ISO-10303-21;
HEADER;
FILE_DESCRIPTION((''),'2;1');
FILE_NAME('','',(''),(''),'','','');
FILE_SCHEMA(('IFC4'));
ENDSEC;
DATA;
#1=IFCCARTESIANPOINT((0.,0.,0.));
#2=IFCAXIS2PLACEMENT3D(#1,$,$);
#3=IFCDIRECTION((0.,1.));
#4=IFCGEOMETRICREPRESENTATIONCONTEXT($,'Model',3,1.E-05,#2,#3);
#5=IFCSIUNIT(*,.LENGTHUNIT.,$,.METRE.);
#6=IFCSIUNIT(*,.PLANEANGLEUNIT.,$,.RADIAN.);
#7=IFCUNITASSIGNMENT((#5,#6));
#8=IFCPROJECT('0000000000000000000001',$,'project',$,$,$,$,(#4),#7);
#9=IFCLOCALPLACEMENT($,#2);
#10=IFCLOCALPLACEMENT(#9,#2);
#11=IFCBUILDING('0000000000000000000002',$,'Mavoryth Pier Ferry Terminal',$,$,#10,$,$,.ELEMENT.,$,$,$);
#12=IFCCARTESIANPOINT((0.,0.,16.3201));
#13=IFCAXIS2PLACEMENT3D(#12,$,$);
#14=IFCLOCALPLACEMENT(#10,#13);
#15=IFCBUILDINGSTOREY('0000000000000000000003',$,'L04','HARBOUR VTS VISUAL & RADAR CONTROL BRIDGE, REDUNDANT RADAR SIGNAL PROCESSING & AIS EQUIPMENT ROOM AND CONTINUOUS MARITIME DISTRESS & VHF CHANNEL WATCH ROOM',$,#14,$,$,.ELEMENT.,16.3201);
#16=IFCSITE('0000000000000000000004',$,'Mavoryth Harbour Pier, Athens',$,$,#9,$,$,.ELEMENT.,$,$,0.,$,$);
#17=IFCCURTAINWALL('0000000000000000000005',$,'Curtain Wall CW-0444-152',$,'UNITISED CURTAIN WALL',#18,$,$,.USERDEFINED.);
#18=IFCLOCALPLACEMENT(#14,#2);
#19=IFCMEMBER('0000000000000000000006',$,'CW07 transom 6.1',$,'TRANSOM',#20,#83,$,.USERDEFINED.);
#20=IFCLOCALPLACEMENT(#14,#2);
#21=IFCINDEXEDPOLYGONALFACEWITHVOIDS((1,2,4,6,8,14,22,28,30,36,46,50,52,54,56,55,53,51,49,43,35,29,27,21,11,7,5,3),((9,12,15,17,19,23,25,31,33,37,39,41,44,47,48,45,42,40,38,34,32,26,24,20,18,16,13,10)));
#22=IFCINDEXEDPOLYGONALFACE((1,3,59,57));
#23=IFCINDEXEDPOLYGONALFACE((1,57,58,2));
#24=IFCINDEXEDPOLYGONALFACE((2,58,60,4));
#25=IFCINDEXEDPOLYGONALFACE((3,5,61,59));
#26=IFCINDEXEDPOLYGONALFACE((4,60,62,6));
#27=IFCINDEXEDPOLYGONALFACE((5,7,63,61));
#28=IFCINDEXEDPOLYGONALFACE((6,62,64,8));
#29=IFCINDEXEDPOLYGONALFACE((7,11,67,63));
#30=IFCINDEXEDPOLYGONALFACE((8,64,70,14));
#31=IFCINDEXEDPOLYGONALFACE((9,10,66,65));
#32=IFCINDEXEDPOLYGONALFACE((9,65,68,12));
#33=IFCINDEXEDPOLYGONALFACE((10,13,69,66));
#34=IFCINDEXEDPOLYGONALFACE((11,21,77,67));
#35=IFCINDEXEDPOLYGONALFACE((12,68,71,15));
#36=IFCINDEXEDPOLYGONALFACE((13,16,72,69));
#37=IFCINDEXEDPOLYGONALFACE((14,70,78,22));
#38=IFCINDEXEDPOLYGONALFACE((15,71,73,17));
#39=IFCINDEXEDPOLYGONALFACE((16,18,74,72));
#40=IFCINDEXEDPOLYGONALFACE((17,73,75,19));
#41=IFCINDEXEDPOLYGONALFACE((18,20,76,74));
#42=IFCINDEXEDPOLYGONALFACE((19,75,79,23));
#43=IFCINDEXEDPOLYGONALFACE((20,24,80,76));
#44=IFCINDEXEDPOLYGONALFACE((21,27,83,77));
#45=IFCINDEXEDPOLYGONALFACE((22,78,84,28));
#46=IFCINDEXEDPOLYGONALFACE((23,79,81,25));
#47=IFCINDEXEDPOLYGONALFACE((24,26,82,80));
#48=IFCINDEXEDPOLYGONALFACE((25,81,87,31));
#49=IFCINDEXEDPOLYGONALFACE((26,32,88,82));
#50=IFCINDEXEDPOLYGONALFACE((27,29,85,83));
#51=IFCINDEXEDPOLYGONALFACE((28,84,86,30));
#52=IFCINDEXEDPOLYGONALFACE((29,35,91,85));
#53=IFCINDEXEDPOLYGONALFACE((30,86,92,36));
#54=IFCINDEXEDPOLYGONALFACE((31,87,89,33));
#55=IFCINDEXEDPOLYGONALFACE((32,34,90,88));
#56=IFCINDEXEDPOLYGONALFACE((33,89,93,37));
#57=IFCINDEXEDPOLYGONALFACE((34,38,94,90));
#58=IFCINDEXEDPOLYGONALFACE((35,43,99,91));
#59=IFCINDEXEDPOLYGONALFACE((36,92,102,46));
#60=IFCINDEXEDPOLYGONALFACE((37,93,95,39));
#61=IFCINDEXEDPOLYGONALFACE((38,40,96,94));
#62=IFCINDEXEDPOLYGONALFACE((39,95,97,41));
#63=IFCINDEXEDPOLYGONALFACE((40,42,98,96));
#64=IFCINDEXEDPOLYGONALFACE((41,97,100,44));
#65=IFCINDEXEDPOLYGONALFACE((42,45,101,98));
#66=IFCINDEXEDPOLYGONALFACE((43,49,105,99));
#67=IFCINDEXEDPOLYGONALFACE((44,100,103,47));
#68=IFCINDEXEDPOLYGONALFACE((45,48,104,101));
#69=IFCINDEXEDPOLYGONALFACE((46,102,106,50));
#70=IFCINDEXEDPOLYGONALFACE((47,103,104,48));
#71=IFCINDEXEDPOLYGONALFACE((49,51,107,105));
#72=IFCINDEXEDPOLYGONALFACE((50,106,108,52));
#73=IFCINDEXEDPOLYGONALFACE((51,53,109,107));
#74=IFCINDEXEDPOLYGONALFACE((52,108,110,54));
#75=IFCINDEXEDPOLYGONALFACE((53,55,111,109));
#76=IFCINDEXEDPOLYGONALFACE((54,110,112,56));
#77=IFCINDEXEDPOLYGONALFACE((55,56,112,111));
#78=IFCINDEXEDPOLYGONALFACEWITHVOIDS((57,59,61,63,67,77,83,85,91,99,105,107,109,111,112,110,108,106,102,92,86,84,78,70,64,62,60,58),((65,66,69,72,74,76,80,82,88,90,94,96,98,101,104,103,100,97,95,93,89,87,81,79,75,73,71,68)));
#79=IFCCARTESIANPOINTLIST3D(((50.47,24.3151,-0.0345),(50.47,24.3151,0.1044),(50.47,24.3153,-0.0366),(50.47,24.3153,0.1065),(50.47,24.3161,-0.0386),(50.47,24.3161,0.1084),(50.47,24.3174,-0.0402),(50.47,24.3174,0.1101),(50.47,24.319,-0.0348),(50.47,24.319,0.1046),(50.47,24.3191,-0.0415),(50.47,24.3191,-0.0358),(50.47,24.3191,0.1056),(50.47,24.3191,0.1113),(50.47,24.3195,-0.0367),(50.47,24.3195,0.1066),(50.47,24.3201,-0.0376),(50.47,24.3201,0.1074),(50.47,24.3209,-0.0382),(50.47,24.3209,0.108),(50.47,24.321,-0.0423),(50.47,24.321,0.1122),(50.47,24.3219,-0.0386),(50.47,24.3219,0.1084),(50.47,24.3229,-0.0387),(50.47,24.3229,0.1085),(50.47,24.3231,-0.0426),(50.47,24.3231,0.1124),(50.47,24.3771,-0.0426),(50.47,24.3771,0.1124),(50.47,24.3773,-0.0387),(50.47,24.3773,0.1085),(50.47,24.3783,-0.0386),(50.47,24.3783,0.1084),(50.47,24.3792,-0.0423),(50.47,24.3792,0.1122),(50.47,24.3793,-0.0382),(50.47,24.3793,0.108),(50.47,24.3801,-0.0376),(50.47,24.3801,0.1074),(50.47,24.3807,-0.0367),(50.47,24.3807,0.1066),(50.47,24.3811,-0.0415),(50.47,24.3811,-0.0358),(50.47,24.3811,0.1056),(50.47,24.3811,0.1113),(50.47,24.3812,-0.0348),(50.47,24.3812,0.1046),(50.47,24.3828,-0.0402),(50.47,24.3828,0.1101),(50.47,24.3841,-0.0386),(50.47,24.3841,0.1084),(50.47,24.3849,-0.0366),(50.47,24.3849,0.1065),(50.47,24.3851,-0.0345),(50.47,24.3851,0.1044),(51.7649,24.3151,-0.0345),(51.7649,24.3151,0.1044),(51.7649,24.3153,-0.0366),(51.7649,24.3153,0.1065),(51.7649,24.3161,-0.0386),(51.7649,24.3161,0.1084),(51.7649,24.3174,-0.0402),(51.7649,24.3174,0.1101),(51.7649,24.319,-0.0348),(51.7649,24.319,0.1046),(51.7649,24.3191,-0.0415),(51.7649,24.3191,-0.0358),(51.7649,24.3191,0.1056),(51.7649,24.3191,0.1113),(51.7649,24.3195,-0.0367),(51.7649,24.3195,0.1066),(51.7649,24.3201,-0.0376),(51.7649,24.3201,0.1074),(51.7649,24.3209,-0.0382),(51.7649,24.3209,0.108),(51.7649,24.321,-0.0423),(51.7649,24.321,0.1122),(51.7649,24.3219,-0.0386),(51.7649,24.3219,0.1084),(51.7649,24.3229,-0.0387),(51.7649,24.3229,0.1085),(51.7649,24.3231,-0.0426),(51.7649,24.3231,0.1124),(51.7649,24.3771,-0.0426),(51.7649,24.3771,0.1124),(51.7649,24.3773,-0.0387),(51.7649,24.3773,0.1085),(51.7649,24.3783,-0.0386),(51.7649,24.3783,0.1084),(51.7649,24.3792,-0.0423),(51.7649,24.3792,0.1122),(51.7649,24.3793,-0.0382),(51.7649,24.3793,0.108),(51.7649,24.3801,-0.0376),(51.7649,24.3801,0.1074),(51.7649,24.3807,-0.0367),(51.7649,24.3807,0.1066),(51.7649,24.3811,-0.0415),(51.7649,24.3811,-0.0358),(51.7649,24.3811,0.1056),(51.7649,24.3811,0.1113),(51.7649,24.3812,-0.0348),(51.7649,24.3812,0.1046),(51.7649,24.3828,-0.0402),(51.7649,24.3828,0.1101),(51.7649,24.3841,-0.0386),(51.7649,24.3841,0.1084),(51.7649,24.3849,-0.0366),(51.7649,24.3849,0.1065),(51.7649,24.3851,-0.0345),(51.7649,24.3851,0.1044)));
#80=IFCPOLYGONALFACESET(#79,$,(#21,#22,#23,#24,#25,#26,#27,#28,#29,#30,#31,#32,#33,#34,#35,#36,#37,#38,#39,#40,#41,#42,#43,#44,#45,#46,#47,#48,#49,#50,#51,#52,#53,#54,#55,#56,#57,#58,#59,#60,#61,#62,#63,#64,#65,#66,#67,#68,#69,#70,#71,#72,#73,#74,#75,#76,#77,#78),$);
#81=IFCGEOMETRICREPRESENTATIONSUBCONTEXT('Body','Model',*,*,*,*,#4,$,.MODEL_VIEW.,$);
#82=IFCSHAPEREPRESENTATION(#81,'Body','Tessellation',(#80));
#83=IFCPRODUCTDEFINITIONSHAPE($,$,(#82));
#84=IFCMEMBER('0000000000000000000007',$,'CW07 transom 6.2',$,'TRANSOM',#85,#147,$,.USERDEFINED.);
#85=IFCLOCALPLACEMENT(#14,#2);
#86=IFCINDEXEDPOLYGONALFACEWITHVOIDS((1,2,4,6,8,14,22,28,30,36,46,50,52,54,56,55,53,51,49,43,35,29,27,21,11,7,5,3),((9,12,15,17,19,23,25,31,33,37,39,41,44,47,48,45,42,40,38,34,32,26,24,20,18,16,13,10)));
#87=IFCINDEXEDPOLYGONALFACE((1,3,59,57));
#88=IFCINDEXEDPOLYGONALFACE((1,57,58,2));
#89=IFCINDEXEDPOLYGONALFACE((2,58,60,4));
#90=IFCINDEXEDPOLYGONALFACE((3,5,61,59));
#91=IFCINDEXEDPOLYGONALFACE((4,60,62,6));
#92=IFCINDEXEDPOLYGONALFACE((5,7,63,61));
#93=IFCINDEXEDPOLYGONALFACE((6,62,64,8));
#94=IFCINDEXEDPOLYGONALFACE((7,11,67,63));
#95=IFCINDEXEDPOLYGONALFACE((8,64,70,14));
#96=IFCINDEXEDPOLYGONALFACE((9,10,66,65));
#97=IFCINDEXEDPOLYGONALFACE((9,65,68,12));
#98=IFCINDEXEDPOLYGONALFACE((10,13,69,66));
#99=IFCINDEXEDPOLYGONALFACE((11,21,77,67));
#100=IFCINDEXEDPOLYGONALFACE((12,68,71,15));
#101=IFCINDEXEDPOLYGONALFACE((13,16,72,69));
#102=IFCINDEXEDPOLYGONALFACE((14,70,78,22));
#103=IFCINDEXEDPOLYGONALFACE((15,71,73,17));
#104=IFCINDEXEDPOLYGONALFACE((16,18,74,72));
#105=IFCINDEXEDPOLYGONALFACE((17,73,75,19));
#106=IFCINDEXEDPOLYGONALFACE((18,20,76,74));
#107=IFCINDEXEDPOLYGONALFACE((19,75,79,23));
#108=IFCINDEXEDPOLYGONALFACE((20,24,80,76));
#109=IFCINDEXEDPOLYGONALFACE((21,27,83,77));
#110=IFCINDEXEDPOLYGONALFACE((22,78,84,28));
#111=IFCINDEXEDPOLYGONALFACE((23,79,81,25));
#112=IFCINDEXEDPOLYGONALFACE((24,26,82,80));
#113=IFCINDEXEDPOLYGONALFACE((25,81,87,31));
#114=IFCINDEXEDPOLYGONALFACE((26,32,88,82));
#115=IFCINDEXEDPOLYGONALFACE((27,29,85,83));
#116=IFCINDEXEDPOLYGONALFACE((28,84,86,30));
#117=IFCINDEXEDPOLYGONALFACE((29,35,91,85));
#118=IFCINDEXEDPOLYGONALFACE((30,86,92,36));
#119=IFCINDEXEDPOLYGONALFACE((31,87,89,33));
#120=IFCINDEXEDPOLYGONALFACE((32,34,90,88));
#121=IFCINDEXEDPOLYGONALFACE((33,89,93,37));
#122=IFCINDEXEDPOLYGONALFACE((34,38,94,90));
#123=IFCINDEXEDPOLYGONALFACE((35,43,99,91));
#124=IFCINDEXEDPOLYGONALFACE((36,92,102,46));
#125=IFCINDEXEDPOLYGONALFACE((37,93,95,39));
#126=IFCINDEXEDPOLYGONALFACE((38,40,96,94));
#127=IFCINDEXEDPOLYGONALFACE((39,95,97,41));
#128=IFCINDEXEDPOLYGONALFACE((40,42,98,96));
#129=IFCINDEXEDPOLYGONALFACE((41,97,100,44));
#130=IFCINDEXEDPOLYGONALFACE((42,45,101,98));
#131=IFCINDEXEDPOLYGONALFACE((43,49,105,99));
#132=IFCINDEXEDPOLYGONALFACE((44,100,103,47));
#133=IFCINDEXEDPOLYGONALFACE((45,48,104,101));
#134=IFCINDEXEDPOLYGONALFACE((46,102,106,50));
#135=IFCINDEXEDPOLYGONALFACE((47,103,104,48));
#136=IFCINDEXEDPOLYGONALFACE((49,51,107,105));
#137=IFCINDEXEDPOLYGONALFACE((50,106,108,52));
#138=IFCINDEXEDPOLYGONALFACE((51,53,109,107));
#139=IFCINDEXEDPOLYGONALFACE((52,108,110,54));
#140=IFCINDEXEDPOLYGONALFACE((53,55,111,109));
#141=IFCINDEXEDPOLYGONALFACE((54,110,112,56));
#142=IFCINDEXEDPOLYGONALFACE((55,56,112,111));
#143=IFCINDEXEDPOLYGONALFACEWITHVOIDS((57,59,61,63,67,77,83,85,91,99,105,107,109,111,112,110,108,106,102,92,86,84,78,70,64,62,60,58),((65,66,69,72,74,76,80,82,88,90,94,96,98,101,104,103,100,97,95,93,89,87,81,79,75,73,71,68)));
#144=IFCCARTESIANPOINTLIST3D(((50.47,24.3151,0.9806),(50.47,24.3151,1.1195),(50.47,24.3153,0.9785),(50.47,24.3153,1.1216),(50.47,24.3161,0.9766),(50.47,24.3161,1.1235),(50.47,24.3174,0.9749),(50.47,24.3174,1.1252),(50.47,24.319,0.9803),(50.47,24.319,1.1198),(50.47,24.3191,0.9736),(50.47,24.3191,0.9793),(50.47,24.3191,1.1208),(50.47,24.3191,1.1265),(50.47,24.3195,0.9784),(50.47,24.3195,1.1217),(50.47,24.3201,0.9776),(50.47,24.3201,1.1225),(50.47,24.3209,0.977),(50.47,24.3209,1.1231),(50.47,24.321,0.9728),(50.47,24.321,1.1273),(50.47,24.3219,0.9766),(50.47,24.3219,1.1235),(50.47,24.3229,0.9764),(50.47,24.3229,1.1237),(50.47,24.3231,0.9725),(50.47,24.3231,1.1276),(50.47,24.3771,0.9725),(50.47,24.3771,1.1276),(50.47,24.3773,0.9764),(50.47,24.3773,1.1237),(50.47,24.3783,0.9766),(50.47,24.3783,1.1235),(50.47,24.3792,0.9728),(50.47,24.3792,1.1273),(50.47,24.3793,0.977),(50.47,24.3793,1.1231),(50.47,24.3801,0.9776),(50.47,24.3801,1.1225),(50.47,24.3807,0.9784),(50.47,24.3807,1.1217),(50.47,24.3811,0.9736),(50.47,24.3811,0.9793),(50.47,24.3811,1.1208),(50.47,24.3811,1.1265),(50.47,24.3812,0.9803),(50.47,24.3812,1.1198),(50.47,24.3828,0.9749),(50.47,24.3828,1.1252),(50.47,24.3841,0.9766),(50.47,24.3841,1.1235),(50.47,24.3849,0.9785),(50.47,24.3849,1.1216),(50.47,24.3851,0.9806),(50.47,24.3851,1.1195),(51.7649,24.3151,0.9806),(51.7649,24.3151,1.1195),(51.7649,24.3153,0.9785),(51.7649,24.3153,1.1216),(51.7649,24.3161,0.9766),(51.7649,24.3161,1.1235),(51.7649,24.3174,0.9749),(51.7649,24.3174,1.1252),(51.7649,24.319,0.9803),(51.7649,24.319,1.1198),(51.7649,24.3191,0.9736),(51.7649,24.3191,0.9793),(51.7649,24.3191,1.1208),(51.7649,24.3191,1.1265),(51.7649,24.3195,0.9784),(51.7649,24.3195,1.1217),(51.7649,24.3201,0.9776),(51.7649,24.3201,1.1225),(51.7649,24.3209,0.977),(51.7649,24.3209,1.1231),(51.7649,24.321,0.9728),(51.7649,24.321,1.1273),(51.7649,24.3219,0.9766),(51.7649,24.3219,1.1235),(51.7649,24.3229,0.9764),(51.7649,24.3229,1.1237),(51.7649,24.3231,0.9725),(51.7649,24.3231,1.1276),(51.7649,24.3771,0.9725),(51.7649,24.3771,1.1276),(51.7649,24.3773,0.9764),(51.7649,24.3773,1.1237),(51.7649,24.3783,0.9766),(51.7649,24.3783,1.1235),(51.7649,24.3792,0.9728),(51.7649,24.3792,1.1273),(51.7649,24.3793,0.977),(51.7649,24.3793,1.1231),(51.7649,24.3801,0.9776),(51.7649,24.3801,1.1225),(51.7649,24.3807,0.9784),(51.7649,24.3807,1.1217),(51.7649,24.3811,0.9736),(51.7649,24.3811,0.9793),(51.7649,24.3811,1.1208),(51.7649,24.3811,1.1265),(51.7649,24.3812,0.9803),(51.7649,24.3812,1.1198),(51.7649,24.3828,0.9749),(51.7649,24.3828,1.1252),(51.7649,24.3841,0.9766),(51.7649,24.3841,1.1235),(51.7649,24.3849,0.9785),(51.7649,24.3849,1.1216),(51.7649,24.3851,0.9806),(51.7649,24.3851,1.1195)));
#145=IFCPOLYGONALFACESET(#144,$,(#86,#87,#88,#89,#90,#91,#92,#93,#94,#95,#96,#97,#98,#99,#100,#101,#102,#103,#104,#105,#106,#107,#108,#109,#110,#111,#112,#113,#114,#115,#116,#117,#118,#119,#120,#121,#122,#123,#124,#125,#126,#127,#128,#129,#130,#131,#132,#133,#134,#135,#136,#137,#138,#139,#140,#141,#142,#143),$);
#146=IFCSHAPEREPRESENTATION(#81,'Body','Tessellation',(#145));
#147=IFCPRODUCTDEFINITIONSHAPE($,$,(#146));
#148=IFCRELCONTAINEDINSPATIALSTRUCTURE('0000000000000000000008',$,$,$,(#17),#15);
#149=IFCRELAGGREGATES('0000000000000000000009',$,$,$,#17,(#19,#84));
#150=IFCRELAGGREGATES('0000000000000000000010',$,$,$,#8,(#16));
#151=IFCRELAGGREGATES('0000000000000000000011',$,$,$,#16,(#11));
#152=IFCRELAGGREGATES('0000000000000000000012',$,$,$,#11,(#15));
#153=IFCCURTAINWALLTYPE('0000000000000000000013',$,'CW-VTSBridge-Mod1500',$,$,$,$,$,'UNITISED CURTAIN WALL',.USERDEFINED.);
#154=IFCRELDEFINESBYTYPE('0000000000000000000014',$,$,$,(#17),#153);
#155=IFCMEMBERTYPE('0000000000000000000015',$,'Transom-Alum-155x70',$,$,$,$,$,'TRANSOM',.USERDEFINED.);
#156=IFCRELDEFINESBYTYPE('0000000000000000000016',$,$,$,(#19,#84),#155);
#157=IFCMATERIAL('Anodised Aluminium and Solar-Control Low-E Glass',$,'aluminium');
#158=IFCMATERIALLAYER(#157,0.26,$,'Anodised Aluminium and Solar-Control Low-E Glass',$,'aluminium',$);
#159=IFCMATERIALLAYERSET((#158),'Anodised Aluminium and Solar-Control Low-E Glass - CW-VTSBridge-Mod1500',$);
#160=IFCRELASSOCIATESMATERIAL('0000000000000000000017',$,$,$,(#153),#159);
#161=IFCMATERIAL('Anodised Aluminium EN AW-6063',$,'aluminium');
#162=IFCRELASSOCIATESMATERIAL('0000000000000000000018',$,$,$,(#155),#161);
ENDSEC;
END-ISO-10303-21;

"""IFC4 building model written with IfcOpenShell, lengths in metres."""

from ifc_helpers import new_model, si_unit, direction, frame, origin, origin_2d, place, context, subcontext, project, spatial, hollow_rectangle, extrude, material, layer, layer_set, material_profile, profile_set, type_object, element, aggregate, save


model = new_model("IFC4")

# Units and contexts
model_context = context("Model", 3, precision=1e-05, world=origin(), true_north=direction((0.0, 1.0)))
body_context = subcontext(model_context, "Body", "Model", "MODEL_VIEW")
ifc_project = project(units=[si_unit("LENGTHUNIT", "METRE"), si_unit("PLANEANGLEUNIT", "RADIAN")], contexts=[model_context])

# Site, building, storey
site_placement = place(None, origin())
site = spatial("IfcSite", under=ifc_project, at=site_placement, Name="Mavoryth Harbour Pier, Athens", CompositionType="ELEMENT", RefElevation=0.0)
building_placement = place(site_placement, origin())
building = spatial("IfcBuilding", under=site, at=building_placement, Name="Mavoryth Pier Ferry Terminal", CompositionType="ELEMENT")
storey_placement = place(building_placement, frame((0.0, 0.0, 16.3201)))
storey = spatial("IfcBuildingStorey", under=building, at=storey_placement, Name="L04", Description="HARBOUR VTS VISUAL & RADAR CONTROL BRIDGE, REDUNDANT RADAR SIGNAL PROCESSING & AIS EQUIPMENT ROOM AND CONTINUOUS MARITIME DISTRESS & VHF CHANNEL WATCH ROOM", CompositionType="ELEMENT", Elevation=16.3201)

# Curtain wall
ifc_material_1 = material(Name="Anodised Aluminium and Solar-Control Low-E Glass", Category="aluminium")
ifc_layer_1 = layer(ifc_material_1, 0.26, Name="Anodised Aluminium and Solar-Control Low-E Glass", Category="aluminium")
ifc_layer_set_1 = layer_set([ifc_layer_1], Name="Anodised Aluminium and Solar-Control Low-E Glass - CW-VTSBridge-Mod1500")
curtain_wall_type = type_object("IfcCurtainWallType", Name="CW-VTSBridge-Mod1500", ElementType="UNITISED CURTAIN WALL", PredefinedType="USERDEFINED", material=ifc_layer_set_1)
ifc_material_2 = material(Name="Anodised Aluminium EN AW-6063", Category="aluminium")
curtain_wall_1_placement = place(storey_placement, origin())
curtain_wall_1 = element("IfcCurtainWall", 1, at=curtain_wall_1_placement, inside=storey, type_object=curtain_wall_type, Name="Curtain Wall CW-0444-152", ObjectType="UNITISED CURTAIN WALL", PredefinedType="USERDEFINED")

# Members
ifc_material_profile_1 = material_profile(ifc_material_2, hollow_rectangle(XDim=0.0701, YDim=0.155, WallThickness=0.0039, InnerFilletRadius=0.0039, OuterFilletRadius=0.0081, at=origin_2d()), Name="AL-TRAN 155x70x4", Category="aluminium")
ifc_profile_set_1 = profile_set([ifc_material_profile_1], Name="Anodised Aluminium EN AW-6063 - AL-TRAN 155x70x4")
member_type_1 = type_object("IfcMemberType", Name="Transom-Alum-155x70", ElementType="TRANSOM", PredefinedType="USERDEFINED", material=ifc_profile_set_1)
member_1_placement = place(storey_placement, frame((51.7649, 24.3501, 0.0349), z_axis=(-1.0, 0.0, 0.0), x_axis=(0.0, -1.0, 0.0)))
member_1 = element("IfcMember", 2, at=member_1_placement, type_object=member_type_1, Name="CW07 transom 6.1", ObjectType="TRANSOM", PredefinedType="USERDEFINED", context=body_context, shape_type="SweptSolid", body=[
    extrude(hollow_rectangle(XDim=0.0701, YDim=0.155, WallThickness=0.0039, InnerFilletRadius=0.0039, OuterFilletRadius=0.0081, at=origin_2d()), origin(), (0.0, 0.0, 1.0), 1.2949),
])
member_2_placement = place(storey_placement, frame((51.7649, 24.3501, 1.05), z_axis=(-1.0, 0.0, 0.0), x_axis=(0.0, -1.0, 0.0)))
member_2 = element("IfcMember", 3, at=member_2_placement, type_object=member_type_1, Name="CW07 transom 6.2", ObjectType="TRANSOM", PredefinedType="USERDEFINED", context=body_context, shape_type="SweptSolid", body=[
    extrude(hollow_rectangle(XDim=0.0701, YDim=0.155, WallThickness=0.0039, InnerFilletRadius=0.0039, OuterFilletRadius=0.0081, at=origin_2d()), origin(), (0.0, 0.0, 1.0), 1.2949),
])

aggregate(curtain_wall_1, [member_1, member_2])

save(model, "model.ifc")
